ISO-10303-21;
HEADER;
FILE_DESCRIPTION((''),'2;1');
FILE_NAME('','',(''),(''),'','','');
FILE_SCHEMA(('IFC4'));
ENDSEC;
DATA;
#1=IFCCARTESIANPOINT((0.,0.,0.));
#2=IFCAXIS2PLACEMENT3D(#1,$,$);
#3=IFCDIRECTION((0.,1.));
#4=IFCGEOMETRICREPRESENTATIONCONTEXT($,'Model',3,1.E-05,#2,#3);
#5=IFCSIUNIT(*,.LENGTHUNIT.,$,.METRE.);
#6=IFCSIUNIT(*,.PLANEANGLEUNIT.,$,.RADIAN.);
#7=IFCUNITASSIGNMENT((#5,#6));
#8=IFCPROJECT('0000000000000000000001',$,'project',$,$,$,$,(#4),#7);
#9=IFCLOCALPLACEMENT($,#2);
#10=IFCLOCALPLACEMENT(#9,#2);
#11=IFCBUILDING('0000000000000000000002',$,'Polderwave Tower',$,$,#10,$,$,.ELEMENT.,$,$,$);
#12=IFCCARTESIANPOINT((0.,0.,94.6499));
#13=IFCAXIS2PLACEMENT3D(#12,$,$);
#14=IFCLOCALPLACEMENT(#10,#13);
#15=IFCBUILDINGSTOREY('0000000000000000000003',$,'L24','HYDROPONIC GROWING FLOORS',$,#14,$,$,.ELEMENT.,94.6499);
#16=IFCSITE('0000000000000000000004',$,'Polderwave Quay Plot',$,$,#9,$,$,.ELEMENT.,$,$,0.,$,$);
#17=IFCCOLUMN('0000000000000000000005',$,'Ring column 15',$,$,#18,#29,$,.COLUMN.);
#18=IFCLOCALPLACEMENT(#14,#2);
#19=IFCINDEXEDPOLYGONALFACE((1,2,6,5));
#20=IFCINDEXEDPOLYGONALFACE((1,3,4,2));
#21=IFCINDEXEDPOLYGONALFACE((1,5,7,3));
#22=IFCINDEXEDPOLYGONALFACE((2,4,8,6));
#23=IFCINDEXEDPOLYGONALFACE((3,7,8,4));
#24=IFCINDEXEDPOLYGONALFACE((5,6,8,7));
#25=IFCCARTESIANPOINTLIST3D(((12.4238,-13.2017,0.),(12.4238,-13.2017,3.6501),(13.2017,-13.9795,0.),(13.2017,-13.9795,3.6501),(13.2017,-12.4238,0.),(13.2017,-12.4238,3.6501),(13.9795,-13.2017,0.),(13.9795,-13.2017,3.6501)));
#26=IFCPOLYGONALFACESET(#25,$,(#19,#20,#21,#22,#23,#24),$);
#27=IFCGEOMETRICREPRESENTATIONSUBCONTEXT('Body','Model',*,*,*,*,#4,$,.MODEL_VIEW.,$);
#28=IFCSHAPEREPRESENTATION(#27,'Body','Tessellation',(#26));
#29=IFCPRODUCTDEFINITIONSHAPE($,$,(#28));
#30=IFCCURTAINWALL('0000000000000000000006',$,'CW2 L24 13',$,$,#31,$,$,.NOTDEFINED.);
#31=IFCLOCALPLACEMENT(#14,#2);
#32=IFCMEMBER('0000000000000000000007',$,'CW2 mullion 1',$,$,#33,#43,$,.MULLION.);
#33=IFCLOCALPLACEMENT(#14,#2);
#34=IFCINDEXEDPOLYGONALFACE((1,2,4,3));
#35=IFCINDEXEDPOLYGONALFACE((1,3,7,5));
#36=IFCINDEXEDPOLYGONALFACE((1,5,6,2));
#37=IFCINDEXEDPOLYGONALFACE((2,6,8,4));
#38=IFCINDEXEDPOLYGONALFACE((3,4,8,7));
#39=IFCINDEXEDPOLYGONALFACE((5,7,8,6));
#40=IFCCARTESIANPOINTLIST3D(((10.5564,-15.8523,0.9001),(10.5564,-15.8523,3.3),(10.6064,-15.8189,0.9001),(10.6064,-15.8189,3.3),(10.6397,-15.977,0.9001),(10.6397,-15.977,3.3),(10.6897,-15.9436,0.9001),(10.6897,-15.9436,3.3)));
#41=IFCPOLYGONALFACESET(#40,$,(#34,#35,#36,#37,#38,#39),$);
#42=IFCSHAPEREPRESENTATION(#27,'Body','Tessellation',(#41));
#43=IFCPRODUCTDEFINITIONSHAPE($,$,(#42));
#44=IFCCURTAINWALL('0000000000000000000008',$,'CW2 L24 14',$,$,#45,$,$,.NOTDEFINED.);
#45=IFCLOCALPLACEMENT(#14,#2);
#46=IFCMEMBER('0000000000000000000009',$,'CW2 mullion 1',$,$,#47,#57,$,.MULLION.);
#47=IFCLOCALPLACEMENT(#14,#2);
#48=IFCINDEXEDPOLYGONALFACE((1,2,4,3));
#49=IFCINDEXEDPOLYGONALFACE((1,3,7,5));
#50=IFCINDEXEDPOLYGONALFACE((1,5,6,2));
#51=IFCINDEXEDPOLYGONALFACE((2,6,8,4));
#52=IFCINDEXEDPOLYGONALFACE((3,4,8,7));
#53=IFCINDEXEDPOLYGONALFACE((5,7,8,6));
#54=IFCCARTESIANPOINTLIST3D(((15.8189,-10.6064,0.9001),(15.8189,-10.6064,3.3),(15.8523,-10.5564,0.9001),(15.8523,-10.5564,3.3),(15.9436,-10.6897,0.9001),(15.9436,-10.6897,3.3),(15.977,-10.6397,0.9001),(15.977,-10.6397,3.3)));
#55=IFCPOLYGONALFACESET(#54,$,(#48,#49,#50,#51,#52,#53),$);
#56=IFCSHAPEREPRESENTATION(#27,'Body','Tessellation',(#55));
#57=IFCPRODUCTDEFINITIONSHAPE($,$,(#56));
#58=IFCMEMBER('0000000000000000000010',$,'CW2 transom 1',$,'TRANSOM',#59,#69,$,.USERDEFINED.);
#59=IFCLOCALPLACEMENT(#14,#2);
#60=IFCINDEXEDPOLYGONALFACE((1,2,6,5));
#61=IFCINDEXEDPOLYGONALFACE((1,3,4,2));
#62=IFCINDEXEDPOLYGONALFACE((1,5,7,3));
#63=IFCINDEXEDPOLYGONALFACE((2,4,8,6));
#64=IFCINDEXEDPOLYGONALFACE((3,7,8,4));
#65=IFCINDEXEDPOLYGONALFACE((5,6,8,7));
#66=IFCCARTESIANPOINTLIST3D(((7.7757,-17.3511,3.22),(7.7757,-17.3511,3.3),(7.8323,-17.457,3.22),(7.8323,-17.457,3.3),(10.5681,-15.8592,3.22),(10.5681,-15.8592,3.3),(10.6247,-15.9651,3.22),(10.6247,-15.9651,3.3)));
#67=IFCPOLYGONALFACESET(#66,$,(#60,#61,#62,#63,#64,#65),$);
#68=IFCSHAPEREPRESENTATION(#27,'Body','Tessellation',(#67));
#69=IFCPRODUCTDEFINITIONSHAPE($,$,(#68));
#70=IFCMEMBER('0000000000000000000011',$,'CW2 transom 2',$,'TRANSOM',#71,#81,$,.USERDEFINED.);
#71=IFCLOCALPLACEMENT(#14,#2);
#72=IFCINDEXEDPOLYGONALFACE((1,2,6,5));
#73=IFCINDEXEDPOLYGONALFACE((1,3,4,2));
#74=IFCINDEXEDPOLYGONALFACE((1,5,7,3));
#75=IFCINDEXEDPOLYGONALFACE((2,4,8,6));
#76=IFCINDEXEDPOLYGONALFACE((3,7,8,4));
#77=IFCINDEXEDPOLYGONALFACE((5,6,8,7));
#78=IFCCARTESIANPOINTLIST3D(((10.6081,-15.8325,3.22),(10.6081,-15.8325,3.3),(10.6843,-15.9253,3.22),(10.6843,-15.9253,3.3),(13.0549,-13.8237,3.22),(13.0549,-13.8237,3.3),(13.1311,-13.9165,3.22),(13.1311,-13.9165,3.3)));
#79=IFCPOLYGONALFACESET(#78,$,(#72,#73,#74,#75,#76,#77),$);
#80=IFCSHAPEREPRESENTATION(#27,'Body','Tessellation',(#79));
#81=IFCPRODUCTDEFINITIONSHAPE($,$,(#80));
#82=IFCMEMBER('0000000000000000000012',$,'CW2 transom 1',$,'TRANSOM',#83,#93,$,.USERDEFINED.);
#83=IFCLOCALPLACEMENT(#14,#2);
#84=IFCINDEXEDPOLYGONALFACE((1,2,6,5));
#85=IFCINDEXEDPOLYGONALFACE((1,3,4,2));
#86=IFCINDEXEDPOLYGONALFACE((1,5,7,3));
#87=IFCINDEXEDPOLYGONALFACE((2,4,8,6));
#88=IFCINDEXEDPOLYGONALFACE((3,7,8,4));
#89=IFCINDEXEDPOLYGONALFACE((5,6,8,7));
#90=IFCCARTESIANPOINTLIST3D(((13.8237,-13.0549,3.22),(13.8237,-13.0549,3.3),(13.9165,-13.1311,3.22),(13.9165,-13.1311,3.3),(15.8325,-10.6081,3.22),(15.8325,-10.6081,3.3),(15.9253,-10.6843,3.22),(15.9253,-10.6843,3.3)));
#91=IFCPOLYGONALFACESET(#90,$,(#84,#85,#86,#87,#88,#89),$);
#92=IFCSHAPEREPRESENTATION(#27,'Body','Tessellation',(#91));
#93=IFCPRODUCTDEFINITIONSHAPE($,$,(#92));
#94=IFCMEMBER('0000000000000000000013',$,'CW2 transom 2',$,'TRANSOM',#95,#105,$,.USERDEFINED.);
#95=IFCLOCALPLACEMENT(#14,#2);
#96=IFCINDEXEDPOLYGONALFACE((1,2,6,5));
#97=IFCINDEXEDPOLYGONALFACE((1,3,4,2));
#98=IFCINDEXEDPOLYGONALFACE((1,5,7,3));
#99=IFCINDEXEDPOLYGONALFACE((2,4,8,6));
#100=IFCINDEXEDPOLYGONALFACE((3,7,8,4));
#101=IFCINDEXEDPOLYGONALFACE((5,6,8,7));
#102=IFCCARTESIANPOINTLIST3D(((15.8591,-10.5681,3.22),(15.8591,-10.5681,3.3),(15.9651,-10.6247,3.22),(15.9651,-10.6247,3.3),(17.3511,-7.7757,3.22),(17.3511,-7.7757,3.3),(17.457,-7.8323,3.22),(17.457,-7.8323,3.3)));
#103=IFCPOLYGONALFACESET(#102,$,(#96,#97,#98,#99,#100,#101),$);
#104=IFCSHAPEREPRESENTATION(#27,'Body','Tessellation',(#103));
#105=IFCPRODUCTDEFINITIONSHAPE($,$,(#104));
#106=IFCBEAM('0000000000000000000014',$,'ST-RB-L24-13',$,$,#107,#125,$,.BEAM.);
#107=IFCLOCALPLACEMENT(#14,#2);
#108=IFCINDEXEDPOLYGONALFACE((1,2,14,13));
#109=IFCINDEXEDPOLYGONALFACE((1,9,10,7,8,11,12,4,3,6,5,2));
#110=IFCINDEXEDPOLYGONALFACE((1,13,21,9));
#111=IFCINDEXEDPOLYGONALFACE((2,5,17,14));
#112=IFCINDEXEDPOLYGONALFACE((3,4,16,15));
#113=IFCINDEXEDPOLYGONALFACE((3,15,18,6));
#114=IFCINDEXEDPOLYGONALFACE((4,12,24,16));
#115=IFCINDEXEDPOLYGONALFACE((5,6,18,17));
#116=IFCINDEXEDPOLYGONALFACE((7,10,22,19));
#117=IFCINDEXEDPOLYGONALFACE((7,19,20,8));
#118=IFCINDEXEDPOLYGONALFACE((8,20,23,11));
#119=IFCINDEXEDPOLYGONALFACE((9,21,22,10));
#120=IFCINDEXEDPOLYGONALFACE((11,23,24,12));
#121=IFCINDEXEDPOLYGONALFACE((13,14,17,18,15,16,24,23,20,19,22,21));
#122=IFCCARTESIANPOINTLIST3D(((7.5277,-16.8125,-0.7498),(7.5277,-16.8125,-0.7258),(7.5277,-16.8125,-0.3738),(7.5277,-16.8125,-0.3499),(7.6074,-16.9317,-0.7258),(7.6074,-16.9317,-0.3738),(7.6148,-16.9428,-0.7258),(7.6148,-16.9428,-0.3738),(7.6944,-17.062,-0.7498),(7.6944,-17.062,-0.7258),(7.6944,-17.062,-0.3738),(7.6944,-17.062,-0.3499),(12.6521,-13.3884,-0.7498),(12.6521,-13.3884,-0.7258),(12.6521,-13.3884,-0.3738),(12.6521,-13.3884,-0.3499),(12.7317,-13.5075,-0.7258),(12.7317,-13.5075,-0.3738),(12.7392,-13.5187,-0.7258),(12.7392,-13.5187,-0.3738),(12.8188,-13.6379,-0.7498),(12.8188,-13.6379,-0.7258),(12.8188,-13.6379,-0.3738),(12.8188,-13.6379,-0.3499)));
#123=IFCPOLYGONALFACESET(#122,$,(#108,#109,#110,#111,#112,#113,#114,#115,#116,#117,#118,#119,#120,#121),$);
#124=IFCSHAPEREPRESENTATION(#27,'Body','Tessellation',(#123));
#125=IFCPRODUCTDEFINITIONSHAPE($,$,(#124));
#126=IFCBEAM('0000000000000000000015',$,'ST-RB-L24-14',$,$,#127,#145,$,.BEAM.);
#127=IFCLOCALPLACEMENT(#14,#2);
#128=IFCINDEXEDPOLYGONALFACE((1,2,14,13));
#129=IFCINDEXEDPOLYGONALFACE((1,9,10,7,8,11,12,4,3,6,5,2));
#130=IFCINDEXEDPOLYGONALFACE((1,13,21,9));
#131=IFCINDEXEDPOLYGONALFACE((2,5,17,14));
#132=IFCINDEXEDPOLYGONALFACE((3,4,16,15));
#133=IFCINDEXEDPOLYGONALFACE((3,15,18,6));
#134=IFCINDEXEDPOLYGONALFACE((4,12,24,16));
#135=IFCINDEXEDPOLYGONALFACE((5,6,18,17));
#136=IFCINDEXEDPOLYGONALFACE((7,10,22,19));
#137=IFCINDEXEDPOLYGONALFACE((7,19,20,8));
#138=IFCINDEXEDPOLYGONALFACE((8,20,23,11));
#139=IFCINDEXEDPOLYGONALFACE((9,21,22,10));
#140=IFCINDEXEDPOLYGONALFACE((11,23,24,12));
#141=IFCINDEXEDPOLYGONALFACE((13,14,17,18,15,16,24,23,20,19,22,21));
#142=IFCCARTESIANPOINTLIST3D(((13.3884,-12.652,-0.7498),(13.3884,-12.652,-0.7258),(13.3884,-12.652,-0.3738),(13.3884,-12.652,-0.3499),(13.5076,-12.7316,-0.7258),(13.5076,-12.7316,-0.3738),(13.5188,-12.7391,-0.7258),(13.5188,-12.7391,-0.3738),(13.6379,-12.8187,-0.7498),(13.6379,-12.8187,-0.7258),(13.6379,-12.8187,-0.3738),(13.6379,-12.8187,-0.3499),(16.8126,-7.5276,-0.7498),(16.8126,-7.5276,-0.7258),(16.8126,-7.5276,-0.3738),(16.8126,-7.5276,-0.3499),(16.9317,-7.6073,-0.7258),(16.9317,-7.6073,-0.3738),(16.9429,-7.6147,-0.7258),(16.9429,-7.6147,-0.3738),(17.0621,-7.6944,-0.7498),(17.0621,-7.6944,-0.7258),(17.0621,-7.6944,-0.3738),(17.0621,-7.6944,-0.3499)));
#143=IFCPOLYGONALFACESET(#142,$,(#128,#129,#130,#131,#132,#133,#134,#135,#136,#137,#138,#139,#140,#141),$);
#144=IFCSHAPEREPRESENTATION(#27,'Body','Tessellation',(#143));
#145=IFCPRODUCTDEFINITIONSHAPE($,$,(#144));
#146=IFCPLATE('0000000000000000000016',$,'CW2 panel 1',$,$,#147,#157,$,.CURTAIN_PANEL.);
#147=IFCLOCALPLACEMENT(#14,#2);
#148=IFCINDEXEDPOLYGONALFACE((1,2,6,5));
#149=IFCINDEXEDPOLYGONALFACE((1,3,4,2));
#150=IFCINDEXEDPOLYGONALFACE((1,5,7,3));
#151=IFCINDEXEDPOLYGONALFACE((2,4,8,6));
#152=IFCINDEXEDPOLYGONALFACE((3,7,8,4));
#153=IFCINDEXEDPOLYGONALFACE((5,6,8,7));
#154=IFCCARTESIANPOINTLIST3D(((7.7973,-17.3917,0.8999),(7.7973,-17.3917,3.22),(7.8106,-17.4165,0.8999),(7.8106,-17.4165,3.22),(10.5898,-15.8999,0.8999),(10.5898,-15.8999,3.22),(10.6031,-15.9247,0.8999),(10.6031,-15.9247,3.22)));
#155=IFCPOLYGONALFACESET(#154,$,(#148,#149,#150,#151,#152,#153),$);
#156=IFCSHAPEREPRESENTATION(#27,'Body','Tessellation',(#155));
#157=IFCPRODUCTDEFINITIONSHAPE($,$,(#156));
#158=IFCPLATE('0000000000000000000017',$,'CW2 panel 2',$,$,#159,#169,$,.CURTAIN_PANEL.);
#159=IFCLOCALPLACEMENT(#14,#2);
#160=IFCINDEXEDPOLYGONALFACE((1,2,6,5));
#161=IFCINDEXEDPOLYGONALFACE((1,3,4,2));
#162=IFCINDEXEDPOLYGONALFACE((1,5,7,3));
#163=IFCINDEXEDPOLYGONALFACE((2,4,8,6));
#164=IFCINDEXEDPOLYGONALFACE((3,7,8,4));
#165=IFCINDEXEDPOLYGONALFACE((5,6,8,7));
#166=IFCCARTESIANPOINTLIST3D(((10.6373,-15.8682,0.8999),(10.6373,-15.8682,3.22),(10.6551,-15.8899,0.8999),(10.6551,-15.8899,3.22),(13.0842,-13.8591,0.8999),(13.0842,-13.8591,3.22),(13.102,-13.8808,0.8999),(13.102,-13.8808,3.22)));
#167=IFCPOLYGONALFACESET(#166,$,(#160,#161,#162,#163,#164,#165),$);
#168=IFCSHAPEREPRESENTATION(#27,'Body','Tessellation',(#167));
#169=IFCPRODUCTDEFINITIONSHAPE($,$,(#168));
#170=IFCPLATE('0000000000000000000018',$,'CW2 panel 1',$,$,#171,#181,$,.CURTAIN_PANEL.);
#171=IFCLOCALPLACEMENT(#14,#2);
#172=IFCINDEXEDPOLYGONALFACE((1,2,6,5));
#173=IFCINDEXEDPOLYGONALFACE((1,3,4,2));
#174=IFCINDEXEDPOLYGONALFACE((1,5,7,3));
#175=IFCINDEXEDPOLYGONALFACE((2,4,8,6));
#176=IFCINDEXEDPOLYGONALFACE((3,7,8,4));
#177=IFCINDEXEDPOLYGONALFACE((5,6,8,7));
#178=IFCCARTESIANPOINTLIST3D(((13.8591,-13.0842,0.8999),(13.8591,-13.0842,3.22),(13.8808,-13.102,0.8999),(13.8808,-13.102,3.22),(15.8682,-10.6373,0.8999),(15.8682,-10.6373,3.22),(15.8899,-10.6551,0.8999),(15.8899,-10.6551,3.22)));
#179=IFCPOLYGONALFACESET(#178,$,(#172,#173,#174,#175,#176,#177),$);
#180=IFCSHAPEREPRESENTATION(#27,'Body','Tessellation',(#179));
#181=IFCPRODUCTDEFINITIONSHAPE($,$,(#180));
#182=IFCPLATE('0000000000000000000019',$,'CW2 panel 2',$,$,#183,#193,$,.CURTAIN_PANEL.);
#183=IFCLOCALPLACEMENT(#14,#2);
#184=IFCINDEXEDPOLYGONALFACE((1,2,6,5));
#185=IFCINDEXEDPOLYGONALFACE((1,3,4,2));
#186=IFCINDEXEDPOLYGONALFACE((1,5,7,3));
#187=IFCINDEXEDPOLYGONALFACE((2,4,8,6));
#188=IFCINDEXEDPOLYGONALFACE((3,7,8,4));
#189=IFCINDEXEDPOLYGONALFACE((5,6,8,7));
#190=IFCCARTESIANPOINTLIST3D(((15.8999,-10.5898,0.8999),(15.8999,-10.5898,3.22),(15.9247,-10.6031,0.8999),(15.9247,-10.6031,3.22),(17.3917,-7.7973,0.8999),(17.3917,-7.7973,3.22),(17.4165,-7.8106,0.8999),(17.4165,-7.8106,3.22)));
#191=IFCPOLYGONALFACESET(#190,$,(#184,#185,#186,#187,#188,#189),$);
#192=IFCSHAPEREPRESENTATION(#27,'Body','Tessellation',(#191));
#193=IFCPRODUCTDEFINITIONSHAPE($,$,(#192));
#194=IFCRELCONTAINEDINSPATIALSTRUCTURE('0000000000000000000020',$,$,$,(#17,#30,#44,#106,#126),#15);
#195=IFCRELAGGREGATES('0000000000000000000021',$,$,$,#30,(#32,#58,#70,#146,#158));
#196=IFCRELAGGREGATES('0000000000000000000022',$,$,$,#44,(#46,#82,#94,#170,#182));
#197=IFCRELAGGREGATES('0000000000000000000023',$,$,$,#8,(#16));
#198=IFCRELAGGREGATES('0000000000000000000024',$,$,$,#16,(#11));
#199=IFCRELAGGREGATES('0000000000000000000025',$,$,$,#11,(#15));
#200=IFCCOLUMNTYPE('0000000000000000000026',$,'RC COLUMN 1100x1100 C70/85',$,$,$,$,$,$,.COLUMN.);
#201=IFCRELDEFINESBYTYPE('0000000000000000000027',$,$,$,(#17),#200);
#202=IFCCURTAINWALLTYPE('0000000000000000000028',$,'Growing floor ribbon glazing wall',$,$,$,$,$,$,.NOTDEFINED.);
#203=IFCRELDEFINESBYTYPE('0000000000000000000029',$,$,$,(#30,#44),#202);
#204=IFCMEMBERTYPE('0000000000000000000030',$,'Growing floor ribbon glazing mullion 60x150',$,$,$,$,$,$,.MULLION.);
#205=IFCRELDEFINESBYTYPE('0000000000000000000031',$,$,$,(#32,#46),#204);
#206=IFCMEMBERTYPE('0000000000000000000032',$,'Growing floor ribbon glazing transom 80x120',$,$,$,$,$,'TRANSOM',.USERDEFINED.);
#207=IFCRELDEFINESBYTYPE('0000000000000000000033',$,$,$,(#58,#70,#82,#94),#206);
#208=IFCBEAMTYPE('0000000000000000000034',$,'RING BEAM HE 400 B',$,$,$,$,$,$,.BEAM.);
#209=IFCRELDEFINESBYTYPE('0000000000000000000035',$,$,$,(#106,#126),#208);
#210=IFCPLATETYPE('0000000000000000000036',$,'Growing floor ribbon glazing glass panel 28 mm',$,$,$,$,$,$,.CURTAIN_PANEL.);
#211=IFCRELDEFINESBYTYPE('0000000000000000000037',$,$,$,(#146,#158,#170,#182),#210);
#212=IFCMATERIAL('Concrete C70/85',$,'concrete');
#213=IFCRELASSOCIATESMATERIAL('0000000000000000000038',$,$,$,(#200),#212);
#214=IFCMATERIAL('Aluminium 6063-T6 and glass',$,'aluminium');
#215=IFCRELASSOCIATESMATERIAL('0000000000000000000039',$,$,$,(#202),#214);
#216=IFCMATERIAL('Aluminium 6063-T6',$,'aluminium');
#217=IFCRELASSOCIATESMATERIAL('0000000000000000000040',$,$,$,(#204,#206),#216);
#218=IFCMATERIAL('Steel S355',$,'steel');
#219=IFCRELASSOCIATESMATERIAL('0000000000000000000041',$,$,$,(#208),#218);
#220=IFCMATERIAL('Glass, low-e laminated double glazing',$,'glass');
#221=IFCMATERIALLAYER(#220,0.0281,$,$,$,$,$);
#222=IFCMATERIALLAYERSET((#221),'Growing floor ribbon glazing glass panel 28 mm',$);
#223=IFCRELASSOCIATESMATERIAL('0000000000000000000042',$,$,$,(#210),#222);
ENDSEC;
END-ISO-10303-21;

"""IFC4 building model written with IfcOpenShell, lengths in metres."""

from ifc_helpers import new_model, si_unit, direction, frame, origin, origin_2d, place, context, subcontext, project, spatial, rectangle, i_section, extrude, material, layer, layer_set, material_profile, profile_set, type_object, element, aggregate, save


model = new_model("IFC4")

# Units and contexts
model_context = context("Model", 3, precision=1e-05, world=origin(), true_north=direction((0.0, 1.0)))
body_context = subcontext(model_context, "Body", "Model", "MODEL_VIEW")
ifc_project = project(units=[si_unit("LENGTHUNIT", "METRE"), si_unit("PLANEANGLEUNIT", "RADIAN")], contexts=[model_context])

# Site, building, storey
site_placement = place(None, origin())
site = spatial("IfcSite", under=ifc_project, at=site_placement, Name="Polderwave Quay Plot", CompositionType="ELEMENT", RefElevation=0.0)
building_placement = place(site_placement, origin())
building = spatial("IfcBuilding", under=site, at=building_placement, Name="Polderwave Tower", CompositionType="ELEMENT")
storey_placement = place(building_placement, frame((0.0, 0.0, 94.6499)))
storey = spatial("IfcBuildingStorey", under=building, at=storey_placement, Name="L24", Description="HYDROPONIC GROWING FLOORS", CompositionType="ELEMENT", Elevation=94.6499)

# Column
ifc_material_1 = material(Name="Concrete C70/85", Category="concrete")
ifc_material_profile_1 = material_profile(ifc_material_1, rectangle(XDim=1.1001, YDim=1.1001, at=origin_2d()), Name="RC 1100x1100")
ifc_profile_set_1 = profile_set([ifc_material_profile_1], Name="Concrete C70/85")
column_type = type_object("IfcColumnType", Name="RC COLUMN 1100x1100 C70/85", PredefinedType="COLUMN", material=ifc_profile_set_1)
column_placement = place(storey_placement, frame((13.2017, -13.2017, 0.0), z_axis=(0.0, 0.0, 1.0), x_axis=(0.707107, -0.707107, 0.0)))
element("IfcColumn", 1, at=column_placement, inside=storey, type_object=column_type, Name="Ring column 15", PredefinedType="COLUMN", context=body_context, shape_type="SweptSolid", body=[
    extrude(rectangle(XDim=1.1001, YDim=1.1001, at=origin_2d()), origin(), (0.0, 0.0, 1.0), 3.6501),
])

# Curtain walls, members
ifc_material_2 = material(Name="Aluminium 6063-T6 and glass", Category="aluminium")
curtain_wall_type = type_object("IfcCurtainWallType", Name="Growing floor ribbon glazing wall", PredefinedType="NOTDEFINED", material=ifc_material_2)
curtain_wall_1_placement = place(storey_placement, origin())
curtain_wall_1 = element("IfcCurtainWall", 2, at=curtain_wall_1_placement, inside=storey, type_object=curtain_wall_type, Name="CW2 L24 13", PredefinedType="NOTDEFINED")
ifc_material_3 = material(Name="Aluminium 6063-T6", Category="aluminium")
ifc_material_profile_2 = material_profile(ifc_material_3, rectangle(XDim=0.1499, YDim=0.0601, at=origin_2d()), Name="AL 60x150")
ifc_profile_set_2 = profile_set([ifc_material_profile_2], Name="Aluminium 6063-T6")
member_type_1 = type_object("IfcMemberType", Name="Growing floor ribbon glazing mullion 60x150", PredefinedType="MULLION", material=ifc_profile_set_2)
member_1_placement = place(storey_placement, frame((10.623, -15.8979, 0.9001), z_axis=(0.0, 0.0, 1.0), x_axis=(-0.555573, 0.831468, 0.0)))
member_1 = element("IfcMember", 3, at=member_1_placement, type_object=member_type_1, Name="CW2 mullion 1", PredefinedType="MULLION", context=body_context, shape_type="SweptSolid", body=[
    extrude(rectangle(XDim=0.1499, YDim=0.0601, at=origin_2d()), origin(), (0.0, 0.0, 1.0), 2.3999),
])
curtain_wall_2_placement = place(storey_placement, origin())
curtain_wall_2 = element("IfcCurtainWall", 4, at=curtain_wall_2_placement, inside=storey, type_object=curtain_wall_type, Name="CW2 L24 14", PredefinedType="NOTDEFINED")
member_2_placement = place(storey_placement, frame((15.8979, -10.623, 0.9001), z_axis=(0.0, 0.0, 1.0), x_axis=(-0.831468, 0.555573, 0.0)))
member_2 = element("IfcMember", 5, at=member_2_placement, type_object=member_type_1, Name="CW2 mullion 1", PredefinedType="MULLION", context=body_context, shape_type="SweptSolid", body=[
    extrude(rectangle(XDim=0.1499, YDim=0.0601, at=origin_2d()), origin(), (0.0, 0.0, 1.0), 2.3999),
])

# Members
ifc_material_profile_3 = material_profile(ifc_material_3, rectangle(XDim=0.1201, YDim=0.0801, at=origin_2d()), Name="AL 80x120")
ifc_profile_set_3 = profile_set([ifc_material_profile_3], Name="Aluminium 6063-T6")
member_type_2 = type_object("IfcMemberType", Name="Growing floor ribbon glazing transom 80x120", ElementType="TRANSOM", PredefinedType="USERDEFINED", material=ifc_profile_set_3)
member_3_placement = place(storey_placement, frame((7.804, -17.4041, 3.26), z_axis=(0.882009, 0.471232, 0.0), x_axis=(-0.471232, 0.882009, 0.0)))
member_3 = element("IfcMember", 6, at=member_3_placement, type_object=member_type_2, Name="CW2 transom 1", ObjectType="TRANSOM", PredefinedType="USERDEFINED", context=body_context, shape_type="SweptSolid", body=[
    extrude(rectangle(XDim=0.1201, YDim=0.0801, at=origin_2d()), origin(), (0.0, 0.0, 1.0), 3.166),
])
member_4_placement = place(storey_placement, frame((10.6462, -15.8789, 3.26), z_axis=(0.772891, 0.634539, 0.0), x_axis=(-0.634539, 0.772891, 0.0)))
member_4 = element("IfcMember", 7, at=member_4_placement, type_object=member_type_2, Name="CW2 transom 2", ObjectType="TRANSOM", PredefinedType="USERDEFINED", context=body_context, shape_type="SweptSolid", body=[
    extrude(rectangle(XDim=0.1201, YDim=0.0801, at=origin_2d()), origin(), (0.0, 0.0, 1.0), 3.1658),
])
member_5_placement = place(storey_placement, frame((13.8701, -13.093, 3.26), z_axis=(0.634539, 0.772891, 0.0), x_axis=(-0.772891, 0.634539, 0.0)))
member_5 = element("IfcMember", 8, at=member_5_placement, type_object=member_type_2, Name="CW2 transom 1", ObjectType="TRANSOM", PredefinedType="USERDEFINED", context=body_context, shape_type="SweptSolid", body=[
    extrude(rectangle(XDim=0.1201, YDim=0.0801, at=origin_2d()), origin(), (0.0, 0.0, 1.0), 3.1658),
])
member_6_placement = place(storey_placement, frame((15.9121, -10.5964, 3.26), z_axis=(0.471232, 0.882009, 0.0), x_axis=(-0.882009, 0.471232, 0.0)))
member_6 = element("IfcMember", 9, at=member_6_placement, type_object=member_type_2, Name="CW2 transom 2", ObjectType="TRANSOM", PredefinedType="USERDEFINED", context=body_context, shape_type="SweptSolid", body=[
    extrude(rectangle(XDim=0.1201, YDim=0.0801, at=origin_2d()), origin(), (0.0, 0.0, 1.0), 3.166),
])

# Beams
ifc_material_4 = material(Name="Steel S355", Category="steel")
ifc_material_profile_4 = material_profile(ifc_material_4, i_section(OverallWidth=0.3, OverallDepth=0.3999, WebThickness=0.0134, FlangeThickness=0.0239, at=origin_2d()), Name="HE 400 B")
ifc_profile_set_4 = profile_set([ifc_material_profile_4], Name="Steel S355")
beam_type = type_object("IfcBeamType", Name="RING BEAM HE 400 B", PredefinedType="BEAM", material=ifc_profile_set_4)
for number, where, z_axis, x_axis, name in (
    (10, (7.6111, -16.9373, -0.5498), (0.831459, 0.555587, 0.0), (-0.555587, 0.831459, 0.0), "ST-RB-L24-13"),
    (11, (13.5132, -12.7354, -0.5498), (0.555587, 0.831459, 0.0), (-0.831459, 0.555587, 0.0), "ST-RB-L24-14"),
):
    element("IfcBeam", number, at=place(storey_placement, frame(where, z_axis=z_axis, x_axis=x_axis)), inside=storey, type_object=beam_type, Name=name, PredefinedType="BEAM", context=body_context, shape_type="SweptSolid", body=[
        extrude(i_section(OverallWidth=0.3, OverallDepth=0.3999, WebThickness=0.0134, FlangeThickness=0.0239, at=origin_2d()), origin(), (0.0, 0.0, 1.0), 6.1631),
    ])

# Plates
ifc_material_5 = material(Name="Glass, low-e laminated double glazing", Category="glass")
ifc_layer_1 = layer(ifc_material_5, 0.0281)
ifc_layer_set_1 = layer_set([ifc_layer_1], Name="Growing floor ribbon glazing glass panel 28 mm")
plate_type = type_object("IfcPlateType", Name="Growing floor ribbon glazing glass panel 28 mm", PredefinedType="CURTAIN_PANEL", material=ifc_layer_set_1)
plate_1_placement = place(storey_placement, frame((9.2002, -16.6582, 0.8999), z_axis=(0.0, 0.0, 1.0), x_axis=(0.882023, 0.471206, 0.0)))
plate_1 = element("IfcPlate", 12, at=plate_1_placement, type_object=plate_type, Name="CW2 panel 1", PredefinedType="CURTAIN_PANEL", context=body_context, shape_type="SweptSolid", body=[
    extrude(rectangle(XDim=3.166, YDim=0.0281, at=origin_2d()), origin(), (0.0, 0.0, 1.0), 2.3201),
])
plate_2_placement = place(storey_placement, frame((11.8696, -14.8745, 0.8999), z_axis=(0.0, 0.0, 1.0), x_axis=(0.772869, 0.634566, 0.0)))
plate_2 = element("IfcPlate", 13, at=plate_2_placement, type_object=plate_type, Name="CW2 panel 2", PredefinedType="CURTAIN_PANEL", context=body_context, shape_type="SweptSolid", body=[
    extrude(rectangle(XDim=3.166, YDim=0.0281, at=origin_2d()), origin(), (0.0, 0.0, 1.0), 2.3201),
])
aggregate(curtain_wall_1, [member_1, member_3, member_4, plate_1, plate_2])
plate_3_placement = place(storey_placement, frame((14.8745, -11.8696, 0.8999), z_axis=(0.0, 0.0, 1.0), x_axis=(0.634566, 0.772869, 0.0)))
plate_3 = element("IfcPlate", 14, at=plate_3_placement, type_object=plate_type, Name="CW2 panel 1", PredefinedType="CURTAIN_PANEL", context=body_context, shape_type="SweptSolid", body=[
    extrude(rectangle(XDim=3.166, YDim=0.0281, at=origin_2d()), origin(), (0.0, 0.0, 1.0), 2.3201),
])
plate_4_placement = place(storey_placement, frame((16.6582, -9.2002, 0.8999), z_axis=(0.0, 0.0, 1.0), x_axis=(0.471206, 0.882023, 0.0)))
plate_4 = element("IfcPlate", 15, at=plate_4_placement, type_object=plate_type, Name="CW2 panel 2", PredefinedType="CURTAIN_PANEL", context=body_context, shape_type="SweptSolid", body=[
    extrude(rectangle(XDim=3.166, YDim=0.0281, at=origin_2d()), origin(), (0.0, 0.0, 1.0), 2.3201),
])
aggregate(curtain_wall_2, [member_2, member_5, member_6, plate_3, plate_4])

save(model, "model.ifc")
